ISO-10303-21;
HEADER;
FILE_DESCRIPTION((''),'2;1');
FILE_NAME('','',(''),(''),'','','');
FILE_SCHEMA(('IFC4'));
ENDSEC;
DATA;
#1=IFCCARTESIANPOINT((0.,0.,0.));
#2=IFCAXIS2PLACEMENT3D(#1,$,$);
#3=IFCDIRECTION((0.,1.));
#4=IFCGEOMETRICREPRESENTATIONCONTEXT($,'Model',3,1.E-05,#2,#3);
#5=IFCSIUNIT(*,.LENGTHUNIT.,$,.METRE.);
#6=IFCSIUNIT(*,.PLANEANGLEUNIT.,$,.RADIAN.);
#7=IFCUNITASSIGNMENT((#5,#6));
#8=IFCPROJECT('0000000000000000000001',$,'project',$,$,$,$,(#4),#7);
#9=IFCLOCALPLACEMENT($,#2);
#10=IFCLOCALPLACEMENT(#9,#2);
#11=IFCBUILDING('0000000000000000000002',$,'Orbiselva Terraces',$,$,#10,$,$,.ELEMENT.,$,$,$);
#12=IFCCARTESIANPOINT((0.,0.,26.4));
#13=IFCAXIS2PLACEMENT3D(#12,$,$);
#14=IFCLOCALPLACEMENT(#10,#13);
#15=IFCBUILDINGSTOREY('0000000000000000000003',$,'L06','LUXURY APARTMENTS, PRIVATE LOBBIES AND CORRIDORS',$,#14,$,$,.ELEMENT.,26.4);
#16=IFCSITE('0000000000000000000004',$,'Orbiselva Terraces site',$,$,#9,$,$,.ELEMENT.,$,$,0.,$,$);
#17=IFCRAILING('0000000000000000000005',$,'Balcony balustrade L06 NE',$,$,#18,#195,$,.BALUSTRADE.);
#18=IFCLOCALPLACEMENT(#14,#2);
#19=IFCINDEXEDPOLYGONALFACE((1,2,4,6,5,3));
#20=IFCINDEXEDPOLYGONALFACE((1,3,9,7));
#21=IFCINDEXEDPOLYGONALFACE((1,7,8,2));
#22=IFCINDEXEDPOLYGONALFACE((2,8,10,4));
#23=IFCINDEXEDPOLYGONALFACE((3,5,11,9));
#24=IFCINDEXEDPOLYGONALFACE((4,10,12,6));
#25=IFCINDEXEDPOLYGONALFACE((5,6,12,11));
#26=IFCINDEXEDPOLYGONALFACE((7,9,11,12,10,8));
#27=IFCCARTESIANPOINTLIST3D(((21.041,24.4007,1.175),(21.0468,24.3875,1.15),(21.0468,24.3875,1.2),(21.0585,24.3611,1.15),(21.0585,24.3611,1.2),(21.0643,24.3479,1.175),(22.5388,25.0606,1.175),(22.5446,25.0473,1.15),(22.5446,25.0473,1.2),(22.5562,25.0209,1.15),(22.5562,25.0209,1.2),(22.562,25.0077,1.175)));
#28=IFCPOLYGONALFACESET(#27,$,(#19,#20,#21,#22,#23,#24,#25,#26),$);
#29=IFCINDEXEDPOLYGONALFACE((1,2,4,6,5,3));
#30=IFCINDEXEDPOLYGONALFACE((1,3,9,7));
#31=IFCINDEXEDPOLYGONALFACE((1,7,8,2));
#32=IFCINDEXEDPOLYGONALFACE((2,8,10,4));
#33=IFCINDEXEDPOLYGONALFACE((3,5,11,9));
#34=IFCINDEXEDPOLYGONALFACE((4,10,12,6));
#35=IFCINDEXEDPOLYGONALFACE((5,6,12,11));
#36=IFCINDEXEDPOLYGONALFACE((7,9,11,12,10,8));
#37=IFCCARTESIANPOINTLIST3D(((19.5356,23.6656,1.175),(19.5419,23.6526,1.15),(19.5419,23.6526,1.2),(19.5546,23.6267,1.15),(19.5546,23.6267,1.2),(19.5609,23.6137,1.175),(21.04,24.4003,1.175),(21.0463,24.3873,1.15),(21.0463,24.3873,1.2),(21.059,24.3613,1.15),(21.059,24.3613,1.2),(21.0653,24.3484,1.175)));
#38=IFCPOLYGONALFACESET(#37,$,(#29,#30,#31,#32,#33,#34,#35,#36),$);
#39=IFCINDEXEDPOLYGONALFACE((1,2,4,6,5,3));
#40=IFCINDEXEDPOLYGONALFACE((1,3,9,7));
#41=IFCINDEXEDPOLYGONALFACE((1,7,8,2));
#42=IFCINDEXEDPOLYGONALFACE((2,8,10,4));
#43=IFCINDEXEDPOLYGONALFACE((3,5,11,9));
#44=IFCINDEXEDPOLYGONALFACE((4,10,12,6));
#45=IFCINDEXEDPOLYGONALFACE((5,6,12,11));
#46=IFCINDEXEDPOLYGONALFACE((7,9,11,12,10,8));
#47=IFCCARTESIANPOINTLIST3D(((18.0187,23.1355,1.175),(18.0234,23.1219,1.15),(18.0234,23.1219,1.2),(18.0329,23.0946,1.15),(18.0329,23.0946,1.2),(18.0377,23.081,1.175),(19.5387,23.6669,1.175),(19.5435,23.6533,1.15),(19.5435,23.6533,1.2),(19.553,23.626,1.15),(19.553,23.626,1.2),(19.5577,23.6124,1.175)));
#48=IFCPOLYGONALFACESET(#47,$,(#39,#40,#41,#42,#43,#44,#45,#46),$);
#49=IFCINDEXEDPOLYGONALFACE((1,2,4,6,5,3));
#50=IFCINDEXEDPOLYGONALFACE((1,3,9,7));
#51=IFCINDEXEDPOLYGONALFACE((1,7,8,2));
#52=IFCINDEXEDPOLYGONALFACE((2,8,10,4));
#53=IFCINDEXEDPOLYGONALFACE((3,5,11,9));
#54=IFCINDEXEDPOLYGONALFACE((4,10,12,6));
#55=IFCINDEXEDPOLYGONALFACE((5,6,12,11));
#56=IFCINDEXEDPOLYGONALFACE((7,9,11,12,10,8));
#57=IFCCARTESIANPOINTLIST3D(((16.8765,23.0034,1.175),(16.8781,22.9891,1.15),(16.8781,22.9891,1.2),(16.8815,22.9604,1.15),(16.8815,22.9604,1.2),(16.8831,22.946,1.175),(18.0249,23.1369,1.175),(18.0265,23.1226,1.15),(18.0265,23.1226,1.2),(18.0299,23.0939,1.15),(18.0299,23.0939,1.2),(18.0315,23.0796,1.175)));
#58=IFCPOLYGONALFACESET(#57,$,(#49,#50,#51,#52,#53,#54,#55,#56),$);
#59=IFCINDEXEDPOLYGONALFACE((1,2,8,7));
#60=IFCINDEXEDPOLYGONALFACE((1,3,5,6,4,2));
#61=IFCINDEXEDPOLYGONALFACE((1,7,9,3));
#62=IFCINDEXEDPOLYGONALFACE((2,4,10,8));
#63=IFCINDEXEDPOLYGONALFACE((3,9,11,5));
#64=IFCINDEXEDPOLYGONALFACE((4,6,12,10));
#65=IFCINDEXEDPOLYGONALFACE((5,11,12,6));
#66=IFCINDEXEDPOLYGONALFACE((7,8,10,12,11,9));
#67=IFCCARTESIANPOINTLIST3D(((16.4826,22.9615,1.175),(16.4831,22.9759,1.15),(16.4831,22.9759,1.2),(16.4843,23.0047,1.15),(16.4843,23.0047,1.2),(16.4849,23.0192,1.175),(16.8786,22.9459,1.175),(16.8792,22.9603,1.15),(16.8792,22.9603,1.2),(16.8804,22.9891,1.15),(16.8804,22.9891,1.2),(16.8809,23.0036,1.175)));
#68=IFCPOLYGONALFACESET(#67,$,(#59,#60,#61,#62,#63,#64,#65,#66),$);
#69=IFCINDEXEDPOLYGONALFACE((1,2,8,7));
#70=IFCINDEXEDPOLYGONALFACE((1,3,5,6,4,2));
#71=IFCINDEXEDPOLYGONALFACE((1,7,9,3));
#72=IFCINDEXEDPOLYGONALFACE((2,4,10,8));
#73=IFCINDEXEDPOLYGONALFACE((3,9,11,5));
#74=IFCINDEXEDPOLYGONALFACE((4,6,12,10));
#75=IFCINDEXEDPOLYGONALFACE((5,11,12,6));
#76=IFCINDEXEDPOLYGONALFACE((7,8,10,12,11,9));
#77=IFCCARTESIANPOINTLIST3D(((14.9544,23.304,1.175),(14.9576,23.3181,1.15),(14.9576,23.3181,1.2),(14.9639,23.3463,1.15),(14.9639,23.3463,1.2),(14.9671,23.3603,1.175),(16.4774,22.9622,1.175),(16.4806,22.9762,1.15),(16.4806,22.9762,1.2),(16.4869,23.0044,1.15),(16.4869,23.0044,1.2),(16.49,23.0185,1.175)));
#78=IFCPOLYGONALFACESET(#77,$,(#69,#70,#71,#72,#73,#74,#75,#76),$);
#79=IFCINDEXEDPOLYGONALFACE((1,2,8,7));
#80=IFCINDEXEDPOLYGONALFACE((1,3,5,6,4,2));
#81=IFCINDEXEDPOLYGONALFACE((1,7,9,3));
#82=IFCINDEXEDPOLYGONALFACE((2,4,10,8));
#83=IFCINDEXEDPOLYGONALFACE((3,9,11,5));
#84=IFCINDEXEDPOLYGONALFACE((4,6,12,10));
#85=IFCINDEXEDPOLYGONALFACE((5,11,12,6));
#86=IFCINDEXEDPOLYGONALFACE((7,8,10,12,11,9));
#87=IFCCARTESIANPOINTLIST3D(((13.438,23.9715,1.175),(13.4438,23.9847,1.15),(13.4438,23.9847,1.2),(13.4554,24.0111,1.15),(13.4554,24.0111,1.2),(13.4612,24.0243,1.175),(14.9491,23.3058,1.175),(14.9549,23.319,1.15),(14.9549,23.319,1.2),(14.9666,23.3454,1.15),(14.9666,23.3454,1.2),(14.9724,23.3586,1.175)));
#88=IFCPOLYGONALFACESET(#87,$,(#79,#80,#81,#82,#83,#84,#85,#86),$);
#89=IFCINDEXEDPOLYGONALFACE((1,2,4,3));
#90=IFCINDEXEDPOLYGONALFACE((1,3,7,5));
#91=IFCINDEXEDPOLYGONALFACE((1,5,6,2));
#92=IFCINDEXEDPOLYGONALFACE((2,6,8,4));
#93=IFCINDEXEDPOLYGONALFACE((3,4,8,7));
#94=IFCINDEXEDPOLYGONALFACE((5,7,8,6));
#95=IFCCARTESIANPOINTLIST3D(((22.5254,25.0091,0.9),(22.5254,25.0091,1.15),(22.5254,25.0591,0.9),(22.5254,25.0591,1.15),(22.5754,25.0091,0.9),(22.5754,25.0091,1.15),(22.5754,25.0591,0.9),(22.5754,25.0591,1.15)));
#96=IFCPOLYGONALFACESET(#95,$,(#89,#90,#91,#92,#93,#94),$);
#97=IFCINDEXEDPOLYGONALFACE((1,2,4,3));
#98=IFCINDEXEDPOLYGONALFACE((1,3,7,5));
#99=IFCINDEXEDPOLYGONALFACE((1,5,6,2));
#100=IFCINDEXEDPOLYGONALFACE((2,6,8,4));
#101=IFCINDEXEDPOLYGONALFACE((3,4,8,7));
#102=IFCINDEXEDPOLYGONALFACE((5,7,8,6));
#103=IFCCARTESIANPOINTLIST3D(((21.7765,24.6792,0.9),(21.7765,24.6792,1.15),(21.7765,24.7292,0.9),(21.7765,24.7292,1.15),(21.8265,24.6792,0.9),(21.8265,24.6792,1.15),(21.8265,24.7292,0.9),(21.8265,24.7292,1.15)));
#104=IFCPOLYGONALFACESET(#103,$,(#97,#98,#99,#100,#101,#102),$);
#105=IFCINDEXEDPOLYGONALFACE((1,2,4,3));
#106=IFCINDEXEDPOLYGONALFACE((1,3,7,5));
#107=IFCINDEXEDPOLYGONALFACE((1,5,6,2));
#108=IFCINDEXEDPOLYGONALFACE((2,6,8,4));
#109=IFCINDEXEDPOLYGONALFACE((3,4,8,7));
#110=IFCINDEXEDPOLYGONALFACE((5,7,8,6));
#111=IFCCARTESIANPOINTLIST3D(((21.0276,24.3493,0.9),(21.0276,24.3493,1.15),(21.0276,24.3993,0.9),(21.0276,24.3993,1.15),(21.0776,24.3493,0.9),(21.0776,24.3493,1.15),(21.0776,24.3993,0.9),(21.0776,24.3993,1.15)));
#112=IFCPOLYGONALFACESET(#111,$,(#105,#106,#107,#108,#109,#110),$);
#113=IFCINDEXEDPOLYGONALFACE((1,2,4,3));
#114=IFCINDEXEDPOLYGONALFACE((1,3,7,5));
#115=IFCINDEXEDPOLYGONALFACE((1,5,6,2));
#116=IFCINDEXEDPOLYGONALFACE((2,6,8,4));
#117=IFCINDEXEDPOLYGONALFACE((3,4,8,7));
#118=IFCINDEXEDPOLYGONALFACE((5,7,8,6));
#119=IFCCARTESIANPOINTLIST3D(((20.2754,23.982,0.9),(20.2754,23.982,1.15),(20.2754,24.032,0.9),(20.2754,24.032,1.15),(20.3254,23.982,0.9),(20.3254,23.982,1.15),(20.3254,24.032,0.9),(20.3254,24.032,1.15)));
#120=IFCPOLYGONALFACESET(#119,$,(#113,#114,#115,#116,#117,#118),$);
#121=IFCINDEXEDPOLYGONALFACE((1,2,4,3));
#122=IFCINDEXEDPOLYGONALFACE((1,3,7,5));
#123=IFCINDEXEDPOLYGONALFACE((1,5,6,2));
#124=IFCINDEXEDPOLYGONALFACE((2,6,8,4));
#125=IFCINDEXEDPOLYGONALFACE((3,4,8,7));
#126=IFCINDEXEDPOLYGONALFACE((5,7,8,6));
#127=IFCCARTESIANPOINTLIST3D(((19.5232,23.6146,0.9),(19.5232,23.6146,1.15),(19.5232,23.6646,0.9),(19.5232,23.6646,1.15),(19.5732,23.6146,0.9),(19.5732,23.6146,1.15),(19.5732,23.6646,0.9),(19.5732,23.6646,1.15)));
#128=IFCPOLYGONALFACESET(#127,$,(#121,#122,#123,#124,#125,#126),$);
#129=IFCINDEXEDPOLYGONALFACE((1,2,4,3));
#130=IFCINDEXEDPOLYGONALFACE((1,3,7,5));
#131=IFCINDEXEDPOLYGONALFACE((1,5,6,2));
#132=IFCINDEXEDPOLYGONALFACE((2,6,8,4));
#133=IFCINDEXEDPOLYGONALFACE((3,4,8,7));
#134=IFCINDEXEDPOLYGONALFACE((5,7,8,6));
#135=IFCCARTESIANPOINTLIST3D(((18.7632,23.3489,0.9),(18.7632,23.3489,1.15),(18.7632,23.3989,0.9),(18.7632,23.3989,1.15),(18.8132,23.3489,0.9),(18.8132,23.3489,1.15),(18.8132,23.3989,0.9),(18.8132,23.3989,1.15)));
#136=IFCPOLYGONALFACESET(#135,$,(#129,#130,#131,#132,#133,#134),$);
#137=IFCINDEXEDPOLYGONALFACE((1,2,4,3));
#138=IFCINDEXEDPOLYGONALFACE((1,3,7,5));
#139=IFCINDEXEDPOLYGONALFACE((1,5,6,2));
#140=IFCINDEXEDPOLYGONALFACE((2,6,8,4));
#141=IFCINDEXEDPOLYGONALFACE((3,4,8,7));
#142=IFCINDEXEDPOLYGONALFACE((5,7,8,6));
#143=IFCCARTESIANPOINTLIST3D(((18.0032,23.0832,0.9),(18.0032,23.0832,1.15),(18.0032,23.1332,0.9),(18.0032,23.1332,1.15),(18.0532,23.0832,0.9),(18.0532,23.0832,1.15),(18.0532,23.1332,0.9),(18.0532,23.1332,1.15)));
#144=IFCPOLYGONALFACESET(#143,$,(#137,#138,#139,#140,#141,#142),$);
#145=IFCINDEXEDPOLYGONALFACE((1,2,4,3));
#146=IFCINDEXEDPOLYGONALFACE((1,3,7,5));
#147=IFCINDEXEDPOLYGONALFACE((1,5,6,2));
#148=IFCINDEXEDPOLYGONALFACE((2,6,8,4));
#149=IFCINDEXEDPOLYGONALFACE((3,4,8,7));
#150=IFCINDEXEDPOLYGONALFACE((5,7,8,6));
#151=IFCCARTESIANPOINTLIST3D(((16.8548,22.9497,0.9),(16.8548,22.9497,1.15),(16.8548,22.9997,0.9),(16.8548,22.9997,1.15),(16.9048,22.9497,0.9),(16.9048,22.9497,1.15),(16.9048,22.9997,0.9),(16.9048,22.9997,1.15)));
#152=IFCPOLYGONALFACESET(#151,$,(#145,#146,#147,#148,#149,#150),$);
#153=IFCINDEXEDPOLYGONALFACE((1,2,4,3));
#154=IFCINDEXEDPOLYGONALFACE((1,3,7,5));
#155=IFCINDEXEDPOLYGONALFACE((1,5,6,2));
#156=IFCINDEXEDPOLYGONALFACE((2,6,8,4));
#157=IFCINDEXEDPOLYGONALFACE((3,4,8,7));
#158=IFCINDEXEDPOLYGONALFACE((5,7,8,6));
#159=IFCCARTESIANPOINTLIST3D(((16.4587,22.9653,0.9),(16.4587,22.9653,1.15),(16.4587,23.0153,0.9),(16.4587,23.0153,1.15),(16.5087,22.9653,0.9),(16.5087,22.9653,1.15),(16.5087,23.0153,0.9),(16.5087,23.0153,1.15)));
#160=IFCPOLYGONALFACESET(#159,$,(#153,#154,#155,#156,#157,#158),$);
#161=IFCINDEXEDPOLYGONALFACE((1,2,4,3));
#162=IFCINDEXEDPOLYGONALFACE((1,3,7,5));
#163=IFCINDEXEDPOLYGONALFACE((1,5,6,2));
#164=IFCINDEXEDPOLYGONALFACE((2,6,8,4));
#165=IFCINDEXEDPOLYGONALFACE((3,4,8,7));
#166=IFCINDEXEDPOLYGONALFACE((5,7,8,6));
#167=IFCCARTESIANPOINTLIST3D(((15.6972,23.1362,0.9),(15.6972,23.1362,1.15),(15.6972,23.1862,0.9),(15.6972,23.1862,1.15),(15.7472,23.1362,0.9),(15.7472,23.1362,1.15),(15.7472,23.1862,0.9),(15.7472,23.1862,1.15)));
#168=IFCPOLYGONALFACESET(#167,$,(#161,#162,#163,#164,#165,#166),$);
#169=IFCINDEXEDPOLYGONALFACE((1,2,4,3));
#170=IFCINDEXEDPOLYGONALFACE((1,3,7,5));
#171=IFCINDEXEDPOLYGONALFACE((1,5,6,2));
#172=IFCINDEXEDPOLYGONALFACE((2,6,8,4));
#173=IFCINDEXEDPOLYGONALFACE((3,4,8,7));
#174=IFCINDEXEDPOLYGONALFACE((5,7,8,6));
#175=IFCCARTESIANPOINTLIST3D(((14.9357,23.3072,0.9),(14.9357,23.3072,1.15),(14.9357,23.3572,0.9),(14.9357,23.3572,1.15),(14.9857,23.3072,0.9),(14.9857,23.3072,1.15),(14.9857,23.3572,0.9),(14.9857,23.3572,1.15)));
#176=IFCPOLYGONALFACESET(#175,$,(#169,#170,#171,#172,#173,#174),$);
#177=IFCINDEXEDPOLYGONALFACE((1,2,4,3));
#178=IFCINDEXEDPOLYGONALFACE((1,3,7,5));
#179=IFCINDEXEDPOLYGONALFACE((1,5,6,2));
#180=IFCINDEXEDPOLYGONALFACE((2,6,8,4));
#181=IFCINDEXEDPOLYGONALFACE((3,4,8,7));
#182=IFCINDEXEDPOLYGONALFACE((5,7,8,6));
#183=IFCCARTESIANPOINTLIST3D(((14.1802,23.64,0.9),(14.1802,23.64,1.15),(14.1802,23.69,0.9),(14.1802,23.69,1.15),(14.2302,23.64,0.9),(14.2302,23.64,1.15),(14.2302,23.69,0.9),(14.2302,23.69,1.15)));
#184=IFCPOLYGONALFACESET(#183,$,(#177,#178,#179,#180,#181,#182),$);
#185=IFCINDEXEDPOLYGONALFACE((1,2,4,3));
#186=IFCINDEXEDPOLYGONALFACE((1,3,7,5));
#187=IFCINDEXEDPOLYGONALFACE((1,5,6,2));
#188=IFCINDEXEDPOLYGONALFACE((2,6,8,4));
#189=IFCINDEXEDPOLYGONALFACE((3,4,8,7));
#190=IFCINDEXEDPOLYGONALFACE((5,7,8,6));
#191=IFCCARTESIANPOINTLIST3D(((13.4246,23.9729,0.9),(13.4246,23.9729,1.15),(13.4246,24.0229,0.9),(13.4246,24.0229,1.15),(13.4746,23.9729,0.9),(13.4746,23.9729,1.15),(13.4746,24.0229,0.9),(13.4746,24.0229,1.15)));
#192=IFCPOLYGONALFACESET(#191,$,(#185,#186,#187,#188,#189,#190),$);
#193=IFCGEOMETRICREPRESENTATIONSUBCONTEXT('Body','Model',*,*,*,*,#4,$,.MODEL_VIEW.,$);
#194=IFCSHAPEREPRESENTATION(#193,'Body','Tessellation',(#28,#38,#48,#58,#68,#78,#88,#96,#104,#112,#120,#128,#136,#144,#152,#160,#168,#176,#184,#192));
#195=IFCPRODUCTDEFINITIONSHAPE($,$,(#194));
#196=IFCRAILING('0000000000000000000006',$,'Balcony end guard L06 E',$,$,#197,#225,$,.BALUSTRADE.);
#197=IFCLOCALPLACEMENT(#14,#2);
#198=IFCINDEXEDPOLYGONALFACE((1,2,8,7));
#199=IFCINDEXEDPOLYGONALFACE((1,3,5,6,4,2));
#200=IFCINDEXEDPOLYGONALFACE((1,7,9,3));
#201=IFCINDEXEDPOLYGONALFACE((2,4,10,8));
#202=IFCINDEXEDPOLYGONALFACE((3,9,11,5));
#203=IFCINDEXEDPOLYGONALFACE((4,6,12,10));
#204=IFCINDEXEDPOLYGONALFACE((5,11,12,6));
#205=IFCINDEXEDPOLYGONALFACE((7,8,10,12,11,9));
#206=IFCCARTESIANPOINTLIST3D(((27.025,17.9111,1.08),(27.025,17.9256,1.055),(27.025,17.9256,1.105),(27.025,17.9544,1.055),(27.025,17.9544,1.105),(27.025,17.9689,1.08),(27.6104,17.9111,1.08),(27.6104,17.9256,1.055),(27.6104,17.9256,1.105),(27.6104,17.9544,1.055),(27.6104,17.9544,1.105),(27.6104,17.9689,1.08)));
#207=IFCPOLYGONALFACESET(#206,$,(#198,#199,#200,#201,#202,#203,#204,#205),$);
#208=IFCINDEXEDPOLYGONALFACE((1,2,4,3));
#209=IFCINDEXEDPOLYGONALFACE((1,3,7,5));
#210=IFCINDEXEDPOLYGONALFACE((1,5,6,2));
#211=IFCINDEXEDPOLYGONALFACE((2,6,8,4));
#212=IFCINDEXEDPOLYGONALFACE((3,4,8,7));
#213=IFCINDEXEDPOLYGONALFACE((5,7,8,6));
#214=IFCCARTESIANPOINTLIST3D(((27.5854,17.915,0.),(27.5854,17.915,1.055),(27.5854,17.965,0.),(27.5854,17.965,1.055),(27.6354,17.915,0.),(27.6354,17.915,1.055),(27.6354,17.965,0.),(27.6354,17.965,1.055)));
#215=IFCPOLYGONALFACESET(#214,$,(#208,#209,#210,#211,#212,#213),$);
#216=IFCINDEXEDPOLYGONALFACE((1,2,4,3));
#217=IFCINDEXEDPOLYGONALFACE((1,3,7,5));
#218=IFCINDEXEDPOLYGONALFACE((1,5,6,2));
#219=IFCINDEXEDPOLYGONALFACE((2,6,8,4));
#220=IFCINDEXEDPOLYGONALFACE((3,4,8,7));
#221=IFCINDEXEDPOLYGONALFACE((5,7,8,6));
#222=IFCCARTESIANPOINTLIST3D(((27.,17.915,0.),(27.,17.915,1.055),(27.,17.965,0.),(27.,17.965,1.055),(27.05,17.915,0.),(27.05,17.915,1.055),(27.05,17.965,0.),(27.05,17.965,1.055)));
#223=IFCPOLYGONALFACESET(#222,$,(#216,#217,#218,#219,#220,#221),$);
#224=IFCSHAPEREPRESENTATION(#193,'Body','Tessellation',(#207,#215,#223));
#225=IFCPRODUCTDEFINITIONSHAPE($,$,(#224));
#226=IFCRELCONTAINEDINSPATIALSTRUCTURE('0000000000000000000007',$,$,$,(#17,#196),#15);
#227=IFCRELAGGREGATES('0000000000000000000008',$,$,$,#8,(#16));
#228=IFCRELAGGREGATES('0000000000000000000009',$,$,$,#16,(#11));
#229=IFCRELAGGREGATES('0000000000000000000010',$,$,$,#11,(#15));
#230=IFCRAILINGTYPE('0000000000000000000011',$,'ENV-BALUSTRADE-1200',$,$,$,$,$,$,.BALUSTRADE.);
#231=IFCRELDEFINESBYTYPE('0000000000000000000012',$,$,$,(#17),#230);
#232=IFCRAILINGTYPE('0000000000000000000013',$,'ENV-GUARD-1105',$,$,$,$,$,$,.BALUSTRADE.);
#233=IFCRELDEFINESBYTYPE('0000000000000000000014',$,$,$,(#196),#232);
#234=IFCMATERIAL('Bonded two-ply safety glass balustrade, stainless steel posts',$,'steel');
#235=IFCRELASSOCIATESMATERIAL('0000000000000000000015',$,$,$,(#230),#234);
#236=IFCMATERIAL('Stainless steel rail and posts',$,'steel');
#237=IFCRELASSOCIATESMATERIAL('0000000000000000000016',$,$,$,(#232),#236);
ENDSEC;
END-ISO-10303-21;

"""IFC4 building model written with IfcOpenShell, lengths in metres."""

from ifc_helpers import new_model, si_unit, direction, frame, origin, origin_2d, place, context, subcontext, project, spatial, polyline, rectangle, outline, extrude, material, type_object, element, save


model = new_model("IFC4")

# Units and contexts
model_context = context("Model", 3, precision=1e-05, world=origin(), true_north=direction((0.0, 1.0)))
body_context = subcontext(model_context, "Body", "Model", "MODEL_VIEW")
ifc_project = project(units=[si_unit("LENGTHUNIT", "METRE"), si_unit("PLANEANGLEUNIT", "RADIAN")], contexts=[model_context])

# Site, building, storey
site_placement = place(None, origin())
site = spatial("IfcSite", under=ifc_project, at=site_placement, Name="Orbiselva Terraces site", CompositionType="ELEMENT", RefElevation=0.0)
building_placement = place(site_placement, origin())
building = spatial("IfcBuilding", under=site, at=building_placement, Name="Orbiselva Terraces", CompositionType="ELEMENT")
storey_placement = place(building_placement, frame((0.0, 0.0, 26.4)))
storey = spatial("IfcBuildingStorey", under=building, at=storey_placement, Name="L06", Description="LUXURY APARTMENTS, PRIVATE LOBBIES AND CORRIDORS", CompositionType="ELEMENT", Elevation=26.4)

# Railings
ifc_material_1 = material(Name="Bonded two-ply safety glass balustrade, stainless steel posts", Category="steel")
railing_type_1 = type_object("IfcRailingType", Name="ENV-BALUSTRADE-1200", PredefinedType="BALUSTRADE", material=ifc_material_1)
railing_1_placement = place(storey_placement, frame((22.5504, 25.0341, 0.9)))
element("IfcRailing", 1, at=railing_1_placement, inside=storey, type_object=railing_type_1, Name="Balcony balustrade L06 NE", PredefinedType="BALUSTRADE", context=body_context, shape_type="SweptSolid", body=[
    extrude(outline(polyline([(0.0289, 0.0), (0.0144, 0.025), (-0.0144, 0.025), (-0.0289, 0.0), (-0.0144, -0.025), (0.0144, -0.025), (0.0289, 0.0)])), frame((0.0, 0.0, 0.275), z_axis=(-0.915133, -0.403151, 0.0), x_axis=(0.403151, -0.915133, 0.0)), (0.0, 0.0, 1.0), 1.6366),
    extrude(outline(polyline([(0.0289, 0.0), (0.0144, 0.025), (-0.0144, 0.025), (-0.0289, 0.0), (-0.0144, -0.025), (0.0144, -0.025), (0.0289, 0.0)])), frame((-1.4978, -0.6598, 0.275), z_axis=(-0.898579, -0.438812, 0.0), x_axis=(0.438812, -0.898579, 0.0)), (0.0, 0.0, 1.0), 1.6742),
    extrude(outline(polyline([(0.0289, 0.0), (0.0144, 0.025), (-0.0144, 0.025), (-0.0289, 0.0), (-0.0144, -0.025), (0.0144, -0.025), (0.0289, 0.0)])), frame((-3.0022, -1.3945, 0.275), z_axis=(-0.943972, -0.330025, 0.0), x_axis=(0.330025, -0.943972, 0.0)), (0.0, 0.0, 1.0), 1.6103),
    extrude(outline(polyline([(0.0289, 0.0), (0.0144, 0.025), (-0.0144, 0.025), (-0.0289, 0.0), (-0.0144, -0.025), (0.0144, -0.025), (0.0289, 0.0)])), frame((-4.5222, -1.9259, 0.275), z_axis=(-0.99331, -0.115482, 0.0), x_axis=(0.115482, -0.99331, 0.0)), (0.0, 0.0, 1.0), 1.1561),
    extrude(outline(polyline([(0.0289, 0.0), (0.0144, 0.025), (-0.0144, 0.025), (-0.0289, 0.0), (-0.0144, -0.025), (0.0144, -0.025), (0.0289, 0.0)])), frame((-5.6706, -2.0594, 0.275), z_axis=(-0.999225, 0.039369, 0.0), x_axis=(-0.039369, -0.999225, 0.0)), (0.0, 0.0, 1.0), 0.3964),
    extrude(outline(polyline([(0.0289, 0.0), (0.0144, 0.025), (-0.0144, 0.025), (-0.0289, 0.0), (-0.0144, -0.025), (0.0144, -0.025), (0.0289, 0.0)])), frame((-6.0667, -2.0438, 0.275), z_axis=(-0.975721, 0.219016, 0.0), x_axis=(-0.219016, -0.975721, 0.0)), (0.0, 0.0, 1.0), 1.5609),
    extrude(outline(polyline([(0.0289, 0.0), (0.0144, 0.025), (-0.0144, 0.025), (-0.0289, 0.0), (-0.0144, -0.025), (0.0144, -0.025), (0.0289, 0.0)])), frame((-7.5896, -1.702, 0.275), z_axis=(-0.915134, 0.403151, 0.0), x_axis=(-0.403151, -0.915134, 0.0)), (0.0, 0.0, 1.0), 1.6513),
    extrude(rectangle(XDim=0.05, YDim=0.05, at=origin_2d()), origin(), (0.0, 0.0, 1.0), 0.25),
    extrude(rectangle(XDim=0.05, YDim=0.05, at=origin_2d()), frame((-0.7489, -0.3299, 0.0)), (0.0, 0.0, 1.0), 0.25),
    extrude(rectangle(XDim=0.05, YDim=0.05, at=origin_2d()), frame((-1.4978, -0.6598, 0.0)), (0.0, 0.0, 1.0), 0.25),
    extrude(rectangle(XDim=0.05, YDim=0.05, at=origin_2d()), frame((-2.25, -1.0272, 0.0)), (0.0, 0.0, 1.0), 0.25),
    extrude(rectangle(XDim=0.05, YDim=0.05, at=origin_2d()), frame((-3.0022, -1.3945, 0.0)), (0.0, 0.0, 1.0), 0.25),
    extrude(rectangle(XDim=0.05, YDim=0.05, at=origin_2d()), frame((-3.7622, -1.6602, 0.0)), (0.0, 0.0, 1.0), 0.25),
    extrude(rectangle(XDim=0.05, YDim=0.05, at=origin_2d()), frame((-4.5222, -1.9259, 0.0)), (0.0, 0.0, 1.0), 0.25),
    extrude(rectangle(XDim=0.05, YDim=0.05, at=origin_2d()), frame((-5.6706, -2.0594, 0.0)), (0.0, 0.0, 1.0), 0.25),
    extrude(rectangle(XDim=0.05, YDim=0.05, at=origin_2d()), frame((-6.0667, -2.0438, 0.0)), (0.0, 0.0, 1.0), 0.25),
    extrude(rectangle(XDim=0.05, YDim=0.05, at=origin_2d()), frame((-6.8282, -1.8729, 0.0)), (0.0, 0.0, 1.0), 0.25),
    extrude(rectangle(XDim=0.05, YDim=0.05, at=origin_2d()), frame((-7.5896, -1.702, 0.0)), (0.0, 0.0, 1.0), 0.25),
    extrude(rectangle(XDim=0.05, YDim=0.05, at=origin_2d()), frame((-8.3452, -1.3691, 0.0)), (0.0, 0.0, 1.0), 0.25),
    extrude(rectangle(XDim=0.05, YDim=0.05, at=origin_2d()), frame((-9.1008, -1.0362, 0.0)), (0.0, 0.0, 1.0), 0.25),
])
ifc_material_2 = material(Name="Stainless steel rail and posts", Category="steel")
railing_type_2 = type_object("IfcRailingType", Name="ENV-GUARD-1105", PredefinedType="BALUSTRADE", material=ifc_material_2)
railing_2_placement = place(storey_placement, frame((27.6104, 17.94, 0.0)))
element("IfcRailing", 2, at=railing_2_placement, inside=storey, type_object=railing_type_2, Name="Balcony end guard L06 E", PredefinedType="BALUSTRADE", context=body_context, shape_type="SweptSolid", body=[
    extrude(outline(polyline([(0.0289, 0.0), (0.0144, 0.025), (-0.0144, 0.025), (-0.0289, 0.0), (-0.0144, -0.025), (0.0144, -0.025), (0.0289, 0.0)])), frame((0.0, 0.0, 1.08), z_axis=(-1.0, 0.0, 0.0), x_axis=(0.0, -1.0, 0.0)), (0.0, 0.0, 1.0), 0.5854),
    extrude(rectangle(XDim=0.05, YDim=0.05, at=origin_2d()), origin(), (0.0, 0.0, 1.0), 1.055),
    extrude(rectangle(XDim=0.05, YDim=0.05, at=origin_2d()), frame((-0.5854, 0.0, 0.0)), (0.0, 0.0, 1.0), 1.055),
])

save(model, "model.ifc")
